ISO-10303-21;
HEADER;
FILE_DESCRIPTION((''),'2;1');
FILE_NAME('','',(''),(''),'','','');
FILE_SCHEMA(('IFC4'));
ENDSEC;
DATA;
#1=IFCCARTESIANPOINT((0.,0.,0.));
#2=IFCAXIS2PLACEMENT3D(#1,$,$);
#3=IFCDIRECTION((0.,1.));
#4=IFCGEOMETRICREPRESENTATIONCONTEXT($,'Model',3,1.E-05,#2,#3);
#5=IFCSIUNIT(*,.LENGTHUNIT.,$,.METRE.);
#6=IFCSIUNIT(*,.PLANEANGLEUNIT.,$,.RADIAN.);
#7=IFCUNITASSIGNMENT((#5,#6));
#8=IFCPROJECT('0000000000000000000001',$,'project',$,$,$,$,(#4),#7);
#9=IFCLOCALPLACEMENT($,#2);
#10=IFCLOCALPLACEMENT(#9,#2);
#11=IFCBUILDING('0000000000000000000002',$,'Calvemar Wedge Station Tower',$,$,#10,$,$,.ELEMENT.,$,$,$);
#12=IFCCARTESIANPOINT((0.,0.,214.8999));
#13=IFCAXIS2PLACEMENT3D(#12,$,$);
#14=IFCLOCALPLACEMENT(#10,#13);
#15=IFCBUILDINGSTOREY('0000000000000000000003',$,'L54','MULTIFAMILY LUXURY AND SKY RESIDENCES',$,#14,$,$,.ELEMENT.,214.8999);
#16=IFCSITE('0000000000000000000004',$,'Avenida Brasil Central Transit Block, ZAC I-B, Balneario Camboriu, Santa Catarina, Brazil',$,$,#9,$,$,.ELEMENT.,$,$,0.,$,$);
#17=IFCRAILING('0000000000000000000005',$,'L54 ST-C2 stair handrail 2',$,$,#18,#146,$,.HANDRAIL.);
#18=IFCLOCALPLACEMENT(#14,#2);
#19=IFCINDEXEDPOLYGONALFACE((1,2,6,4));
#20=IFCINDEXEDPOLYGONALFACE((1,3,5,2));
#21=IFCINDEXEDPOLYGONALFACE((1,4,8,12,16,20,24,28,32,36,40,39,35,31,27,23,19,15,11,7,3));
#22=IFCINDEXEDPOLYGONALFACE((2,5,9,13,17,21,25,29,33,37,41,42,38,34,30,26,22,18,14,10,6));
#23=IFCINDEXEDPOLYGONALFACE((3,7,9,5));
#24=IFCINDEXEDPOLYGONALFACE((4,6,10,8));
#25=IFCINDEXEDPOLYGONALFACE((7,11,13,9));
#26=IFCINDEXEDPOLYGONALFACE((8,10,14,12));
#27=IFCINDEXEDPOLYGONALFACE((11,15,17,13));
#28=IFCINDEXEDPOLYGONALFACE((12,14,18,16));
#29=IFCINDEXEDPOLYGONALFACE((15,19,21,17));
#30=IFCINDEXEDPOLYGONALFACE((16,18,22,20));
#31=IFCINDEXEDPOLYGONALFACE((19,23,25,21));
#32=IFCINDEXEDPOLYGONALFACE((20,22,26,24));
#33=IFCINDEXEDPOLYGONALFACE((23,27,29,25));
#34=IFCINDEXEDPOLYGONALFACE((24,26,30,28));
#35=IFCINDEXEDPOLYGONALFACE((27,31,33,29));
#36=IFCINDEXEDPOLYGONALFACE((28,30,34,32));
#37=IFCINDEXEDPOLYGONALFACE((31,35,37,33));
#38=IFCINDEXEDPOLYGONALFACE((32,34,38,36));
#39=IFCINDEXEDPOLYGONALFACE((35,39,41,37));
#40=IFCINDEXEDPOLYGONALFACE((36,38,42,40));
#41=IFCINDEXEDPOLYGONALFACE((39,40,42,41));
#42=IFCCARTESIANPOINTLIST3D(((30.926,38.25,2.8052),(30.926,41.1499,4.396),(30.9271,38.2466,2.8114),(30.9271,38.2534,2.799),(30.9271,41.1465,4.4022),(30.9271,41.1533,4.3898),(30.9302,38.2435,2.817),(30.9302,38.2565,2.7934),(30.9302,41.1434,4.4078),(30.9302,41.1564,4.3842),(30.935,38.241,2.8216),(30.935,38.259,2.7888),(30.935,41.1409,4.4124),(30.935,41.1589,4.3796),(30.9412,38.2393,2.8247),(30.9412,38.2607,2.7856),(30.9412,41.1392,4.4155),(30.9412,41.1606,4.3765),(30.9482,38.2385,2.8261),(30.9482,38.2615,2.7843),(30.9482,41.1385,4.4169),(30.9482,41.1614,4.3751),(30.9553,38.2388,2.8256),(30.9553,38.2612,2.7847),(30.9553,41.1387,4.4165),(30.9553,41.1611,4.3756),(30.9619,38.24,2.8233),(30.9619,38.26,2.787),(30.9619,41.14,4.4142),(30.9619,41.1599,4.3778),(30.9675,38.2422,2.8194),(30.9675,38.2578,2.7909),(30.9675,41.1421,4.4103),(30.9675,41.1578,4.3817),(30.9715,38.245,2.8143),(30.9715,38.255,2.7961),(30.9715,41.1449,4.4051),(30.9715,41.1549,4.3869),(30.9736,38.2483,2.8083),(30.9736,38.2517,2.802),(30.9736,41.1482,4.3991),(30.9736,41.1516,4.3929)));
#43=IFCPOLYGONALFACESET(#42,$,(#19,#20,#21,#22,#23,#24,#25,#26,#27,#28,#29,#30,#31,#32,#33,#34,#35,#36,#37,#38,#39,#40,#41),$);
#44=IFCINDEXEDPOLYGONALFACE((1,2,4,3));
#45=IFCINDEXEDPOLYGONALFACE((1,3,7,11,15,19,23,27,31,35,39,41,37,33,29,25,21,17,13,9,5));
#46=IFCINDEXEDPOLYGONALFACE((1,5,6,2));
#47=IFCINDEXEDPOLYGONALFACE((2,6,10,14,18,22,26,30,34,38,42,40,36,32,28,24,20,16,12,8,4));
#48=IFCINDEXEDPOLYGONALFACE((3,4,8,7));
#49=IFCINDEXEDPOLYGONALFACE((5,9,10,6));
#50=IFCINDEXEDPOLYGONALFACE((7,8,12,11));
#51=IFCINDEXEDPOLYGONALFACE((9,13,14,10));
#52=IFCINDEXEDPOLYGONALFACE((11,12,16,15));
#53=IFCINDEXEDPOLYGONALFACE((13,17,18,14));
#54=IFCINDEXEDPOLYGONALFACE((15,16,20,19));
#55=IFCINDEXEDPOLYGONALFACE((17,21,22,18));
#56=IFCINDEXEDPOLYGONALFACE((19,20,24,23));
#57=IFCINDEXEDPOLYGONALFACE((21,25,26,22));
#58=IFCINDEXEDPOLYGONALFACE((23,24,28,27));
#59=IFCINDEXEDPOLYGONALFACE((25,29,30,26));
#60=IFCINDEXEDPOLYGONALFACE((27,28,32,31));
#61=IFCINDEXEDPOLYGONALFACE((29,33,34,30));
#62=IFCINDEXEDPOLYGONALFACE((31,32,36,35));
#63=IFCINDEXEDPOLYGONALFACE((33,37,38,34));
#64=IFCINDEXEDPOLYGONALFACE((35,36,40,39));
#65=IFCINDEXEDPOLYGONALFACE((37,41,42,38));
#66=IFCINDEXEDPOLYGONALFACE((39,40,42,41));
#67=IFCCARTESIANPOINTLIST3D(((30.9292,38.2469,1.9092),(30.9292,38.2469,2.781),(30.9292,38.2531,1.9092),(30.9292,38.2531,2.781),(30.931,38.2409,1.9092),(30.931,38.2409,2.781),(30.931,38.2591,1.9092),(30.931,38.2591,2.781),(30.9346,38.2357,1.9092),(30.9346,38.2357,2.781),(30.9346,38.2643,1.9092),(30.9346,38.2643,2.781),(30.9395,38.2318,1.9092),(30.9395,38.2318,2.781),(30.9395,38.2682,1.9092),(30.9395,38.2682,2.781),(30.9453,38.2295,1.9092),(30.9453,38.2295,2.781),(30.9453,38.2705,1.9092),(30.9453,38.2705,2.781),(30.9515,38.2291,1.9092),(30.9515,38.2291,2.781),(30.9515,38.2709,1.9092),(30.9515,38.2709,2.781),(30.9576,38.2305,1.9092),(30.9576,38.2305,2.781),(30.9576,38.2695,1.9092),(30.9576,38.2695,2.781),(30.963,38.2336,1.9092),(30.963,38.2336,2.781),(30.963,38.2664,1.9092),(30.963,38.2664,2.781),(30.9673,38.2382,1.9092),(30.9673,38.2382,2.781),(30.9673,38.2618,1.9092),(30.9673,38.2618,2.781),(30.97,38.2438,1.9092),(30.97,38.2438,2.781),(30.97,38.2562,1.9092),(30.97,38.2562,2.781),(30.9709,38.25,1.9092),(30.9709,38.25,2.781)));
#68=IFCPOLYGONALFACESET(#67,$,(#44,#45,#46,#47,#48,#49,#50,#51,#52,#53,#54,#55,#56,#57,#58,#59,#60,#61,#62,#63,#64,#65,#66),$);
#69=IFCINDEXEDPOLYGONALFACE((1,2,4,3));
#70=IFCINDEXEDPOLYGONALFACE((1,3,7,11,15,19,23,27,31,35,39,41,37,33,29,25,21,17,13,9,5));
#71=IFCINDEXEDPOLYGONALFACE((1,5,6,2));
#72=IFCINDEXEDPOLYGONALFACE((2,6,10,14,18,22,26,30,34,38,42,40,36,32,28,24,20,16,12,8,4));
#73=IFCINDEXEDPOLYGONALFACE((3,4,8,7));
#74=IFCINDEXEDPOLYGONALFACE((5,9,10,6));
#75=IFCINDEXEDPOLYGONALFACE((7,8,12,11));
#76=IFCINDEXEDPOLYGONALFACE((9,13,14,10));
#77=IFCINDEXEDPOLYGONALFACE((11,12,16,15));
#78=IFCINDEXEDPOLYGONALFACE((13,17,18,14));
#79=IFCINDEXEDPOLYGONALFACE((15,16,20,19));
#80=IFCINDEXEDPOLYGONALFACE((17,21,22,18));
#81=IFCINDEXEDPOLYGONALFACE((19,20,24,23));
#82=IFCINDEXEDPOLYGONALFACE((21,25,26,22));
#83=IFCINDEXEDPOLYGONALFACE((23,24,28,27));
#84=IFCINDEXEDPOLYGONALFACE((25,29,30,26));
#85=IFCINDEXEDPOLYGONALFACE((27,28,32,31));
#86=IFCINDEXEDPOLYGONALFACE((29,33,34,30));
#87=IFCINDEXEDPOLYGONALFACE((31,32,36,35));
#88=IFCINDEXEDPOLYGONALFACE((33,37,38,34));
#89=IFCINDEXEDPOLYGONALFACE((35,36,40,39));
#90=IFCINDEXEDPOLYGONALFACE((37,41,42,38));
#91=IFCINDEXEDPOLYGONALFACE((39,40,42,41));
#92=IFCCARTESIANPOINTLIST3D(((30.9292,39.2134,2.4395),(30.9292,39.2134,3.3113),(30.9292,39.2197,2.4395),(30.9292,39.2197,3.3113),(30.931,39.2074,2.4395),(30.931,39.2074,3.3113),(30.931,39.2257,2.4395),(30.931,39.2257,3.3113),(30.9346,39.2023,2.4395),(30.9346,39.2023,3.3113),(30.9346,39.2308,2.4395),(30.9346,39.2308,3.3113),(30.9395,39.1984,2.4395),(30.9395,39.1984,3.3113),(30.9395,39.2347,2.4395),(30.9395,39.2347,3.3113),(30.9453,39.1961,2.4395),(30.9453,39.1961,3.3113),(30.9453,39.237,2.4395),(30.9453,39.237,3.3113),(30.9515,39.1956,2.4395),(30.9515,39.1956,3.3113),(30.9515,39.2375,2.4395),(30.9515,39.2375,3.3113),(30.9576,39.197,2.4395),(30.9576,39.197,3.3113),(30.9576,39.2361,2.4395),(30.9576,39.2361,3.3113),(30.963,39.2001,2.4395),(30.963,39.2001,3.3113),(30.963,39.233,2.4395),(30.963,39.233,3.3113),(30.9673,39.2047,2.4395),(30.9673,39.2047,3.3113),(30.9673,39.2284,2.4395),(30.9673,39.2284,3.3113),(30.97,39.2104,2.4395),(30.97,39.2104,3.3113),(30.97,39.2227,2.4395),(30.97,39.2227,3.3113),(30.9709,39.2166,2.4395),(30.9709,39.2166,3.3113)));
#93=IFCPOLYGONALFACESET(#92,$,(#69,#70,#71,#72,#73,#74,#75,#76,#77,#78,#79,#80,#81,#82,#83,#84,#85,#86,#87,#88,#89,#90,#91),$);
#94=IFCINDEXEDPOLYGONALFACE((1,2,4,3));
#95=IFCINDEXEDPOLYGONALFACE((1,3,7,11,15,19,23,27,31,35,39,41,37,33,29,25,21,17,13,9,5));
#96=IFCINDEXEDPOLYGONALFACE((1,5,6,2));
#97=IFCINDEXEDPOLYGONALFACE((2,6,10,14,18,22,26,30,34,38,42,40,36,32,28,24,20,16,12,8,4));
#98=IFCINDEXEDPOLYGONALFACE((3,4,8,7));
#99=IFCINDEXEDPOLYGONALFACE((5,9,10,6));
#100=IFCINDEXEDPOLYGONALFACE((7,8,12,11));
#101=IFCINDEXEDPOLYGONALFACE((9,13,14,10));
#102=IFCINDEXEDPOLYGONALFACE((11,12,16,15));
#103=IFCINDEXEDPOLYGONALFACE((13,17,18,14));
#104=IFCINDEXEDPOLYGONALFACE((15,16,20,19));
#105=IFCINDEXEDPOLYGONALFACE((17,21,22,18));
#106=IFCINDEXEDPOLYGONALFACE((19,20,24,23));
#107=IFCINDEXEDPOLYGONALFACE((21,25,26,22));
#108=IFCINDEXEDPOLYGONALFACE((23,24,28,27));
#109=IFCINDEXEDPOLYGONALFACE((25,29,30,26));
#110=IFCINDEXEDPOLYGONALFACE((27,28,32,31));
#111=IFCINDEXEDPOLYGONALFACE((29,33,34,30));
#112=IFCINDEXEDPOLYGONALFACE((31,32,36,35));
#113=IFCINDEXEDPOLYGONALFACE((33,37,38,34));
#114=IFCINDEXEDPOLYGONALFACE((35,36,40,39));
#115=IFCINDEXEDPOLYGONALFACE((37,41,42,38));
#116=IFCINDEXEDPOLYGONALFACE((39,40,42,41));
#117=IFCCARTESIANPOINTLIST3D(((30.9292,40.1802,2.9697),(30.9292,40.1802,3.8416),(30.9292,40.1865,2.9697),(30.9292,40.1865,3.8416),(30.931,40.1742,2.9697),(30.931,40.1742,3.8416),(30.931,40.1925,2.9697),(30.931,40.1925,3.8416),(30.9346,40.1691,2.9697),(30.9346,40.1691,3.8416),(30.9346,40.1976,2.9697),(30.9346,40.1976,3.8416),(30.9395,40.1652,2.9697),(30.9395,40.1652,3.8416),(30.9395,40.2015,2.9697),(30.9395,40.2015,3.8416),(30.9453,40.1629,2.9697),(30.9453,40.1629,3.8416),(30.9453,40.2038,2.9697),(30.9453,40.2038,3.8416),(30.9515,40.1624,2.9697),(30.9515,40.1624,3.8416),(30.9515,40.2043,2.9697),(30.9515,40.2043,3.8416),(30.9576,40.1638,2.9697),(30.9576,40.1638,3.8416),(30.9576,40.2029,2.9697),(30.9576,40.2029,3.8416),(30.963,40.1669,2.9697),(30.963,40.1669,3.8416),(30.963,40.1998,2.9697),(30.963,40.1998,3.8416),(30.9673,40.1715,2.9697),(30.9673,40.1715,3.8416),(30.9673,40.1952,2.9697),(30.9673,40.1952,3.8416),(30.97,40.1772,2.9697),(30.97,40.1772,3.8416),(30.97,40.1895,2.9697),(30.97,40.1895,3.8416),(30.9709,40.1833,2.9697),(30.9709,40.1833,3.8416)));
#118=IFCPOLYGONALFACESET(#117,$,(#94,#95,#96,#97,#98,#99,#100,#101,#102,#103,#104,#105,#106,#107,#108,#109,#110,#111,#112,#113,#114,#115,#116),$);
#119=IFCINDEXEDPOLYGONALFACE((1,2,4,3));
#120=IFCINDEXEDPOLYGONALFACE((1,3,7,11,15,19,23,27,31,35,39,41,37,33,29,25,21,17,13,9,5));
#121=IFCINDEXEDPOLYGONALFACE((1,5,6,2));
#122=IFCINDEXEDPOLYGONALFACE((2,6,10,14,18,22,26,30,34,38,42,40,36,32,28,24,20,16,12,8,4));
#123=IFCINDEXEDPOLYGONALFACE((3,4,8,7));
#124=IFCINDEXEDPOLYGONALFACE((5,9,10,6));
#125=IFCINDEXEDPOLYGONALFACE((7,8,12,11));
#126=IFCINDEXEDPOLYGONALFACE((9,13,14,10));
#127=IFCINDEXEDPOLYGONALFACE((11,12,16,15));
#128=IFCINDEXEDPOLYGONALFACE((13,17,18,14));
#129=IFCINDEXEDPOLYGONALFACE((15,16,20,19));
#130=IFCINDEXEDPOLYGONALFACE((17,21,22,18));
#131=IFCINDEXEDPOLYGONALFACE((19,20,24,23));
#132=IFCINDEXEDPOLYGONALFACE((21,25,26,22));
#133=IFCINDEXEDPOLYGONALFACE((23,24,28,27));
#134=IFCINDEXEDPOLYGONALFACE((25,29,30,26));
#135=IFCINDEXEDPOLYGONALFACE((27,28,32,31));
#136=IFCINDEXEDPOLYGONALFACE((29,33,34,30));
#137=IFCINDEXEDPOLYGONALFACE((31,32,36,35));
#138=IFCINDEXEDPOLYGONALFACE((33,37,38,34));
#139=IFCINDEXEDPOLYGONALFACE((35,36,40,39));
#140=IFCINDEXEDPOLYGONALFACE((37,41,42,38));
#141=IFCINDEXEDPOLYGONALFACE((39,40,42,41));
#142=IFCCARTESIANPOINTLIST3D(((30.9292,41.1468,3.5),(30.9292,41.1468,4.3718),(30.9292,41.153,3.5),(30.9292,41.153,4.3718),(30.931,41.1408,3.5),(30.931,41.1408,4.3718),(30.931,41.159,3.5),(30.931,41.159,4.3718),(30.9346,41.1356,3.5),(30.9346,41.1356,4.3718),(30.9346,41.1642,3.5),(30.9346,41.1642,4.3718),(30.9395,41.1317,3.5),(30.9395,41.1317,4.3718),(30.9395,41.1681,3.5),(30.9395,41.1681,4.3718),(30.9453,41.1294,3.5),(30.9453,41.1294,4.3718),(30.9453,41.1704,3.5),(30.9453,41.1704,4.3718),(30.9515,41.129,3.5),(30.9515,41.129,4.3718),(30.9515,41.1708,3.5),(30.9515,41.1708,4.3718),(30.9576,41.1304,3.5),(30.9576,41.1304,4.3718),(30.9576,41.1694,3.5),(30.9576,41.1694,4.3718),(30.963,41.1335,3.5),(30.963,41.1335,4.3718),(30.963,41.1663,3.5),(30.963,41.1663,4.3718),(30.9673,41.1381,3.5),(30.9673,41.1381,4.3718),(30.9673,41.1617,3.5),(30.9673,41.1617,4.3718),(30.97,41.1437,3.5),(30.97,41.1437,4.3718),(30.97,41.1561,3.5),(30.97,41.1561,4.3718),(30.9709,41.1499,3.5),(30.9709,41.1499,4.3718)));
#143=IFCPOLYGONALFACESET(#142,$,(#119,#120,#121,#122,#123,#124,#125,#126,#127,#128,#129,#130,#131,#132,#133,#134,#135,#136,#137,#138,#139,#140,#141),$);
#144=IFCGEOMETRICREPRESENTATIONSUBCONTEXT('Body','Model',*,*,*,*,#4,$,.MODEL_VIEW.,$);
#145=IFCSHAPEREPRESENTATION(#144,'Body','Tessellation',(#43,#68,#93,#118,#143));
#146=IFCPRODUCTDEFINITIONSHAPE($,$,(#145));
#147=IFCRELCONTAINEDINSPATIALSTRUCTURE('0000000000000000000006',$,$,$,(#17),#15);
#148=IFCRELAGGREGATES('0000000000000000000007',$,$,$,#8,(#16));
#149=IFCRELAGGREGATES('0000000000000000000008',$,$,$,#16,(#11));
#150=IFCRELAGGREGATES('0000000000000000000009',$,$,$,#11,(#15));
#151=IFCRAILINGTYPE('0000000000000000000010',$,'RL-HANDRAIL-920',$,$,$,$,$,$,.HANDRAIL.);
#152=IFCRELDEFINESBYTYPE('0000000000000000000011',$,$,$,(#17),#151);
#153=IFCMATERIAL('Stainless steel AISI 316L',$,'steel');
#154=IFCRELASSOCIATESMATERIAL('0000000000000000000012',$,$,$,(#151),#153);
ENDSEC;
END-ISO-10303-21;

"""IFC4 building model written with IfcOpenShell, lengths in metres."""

from ifc_helpers import new_model, si_unit, direction, frame, origin, origin_2d, place, context, subcontext, project, spatial, circle, extrude, material, type_object, element, save


model = new_model("IFC4")

# Units and contexts
model_context = context("Model", 3, precision=1e-05, world=origin(), true_north=direction((0.0, 1.0)))
body_context = subcontext(model_context, "Body", "Model", "MODEL_VIEW")
ifc_project = project(units=[si_unit("LENGTHUNIT", "METRE"), si_unit("PLANEANGLEUNIT", "RADIAN")], contexts=[model_context])

# Site, building, storey
site_placement = place(None, origin())
site = spatial("IfcSite", under=ifc_project, at=site_placement, Name="Avenida Brasil Central Transit Block, ZAC I-B, Balneario Camboriu, Santa Catarina, Brazil", CompositionType="ELEMENT", RefElevation=0.0)
building_placement = place(site_placement, origin())
building = spatial("IfcBuilding", under=site, at=building_placement, Name="Calvemar Wedge Station Tower", CompositionType="ELEMENT")
storey_placement = place(building_placement, frame((0.0, 0.0, 214.8999)))
storey = spatial("IfcBuildingStorey", under=building, at=storey_placement, Name="L54", Description="MULTIFAMILY LUXURY AND SKY RESIDENCES", CompositionType="ELEMENT", Elevation=214.8999)

# Railing
ifc_material_1 = material(Name="Stainless steel AISI 316L", Category="steel")
railing_type_1 = type_object("IfcRailingType", Name="RL-HANDRAIL-920", PredefinedType="HANDRAIL", material=ifc_material_1)
railing_1_placement = place(storey_placement, frame((30.95, 38.25, 1.9092)))
element("IfcRailing", 1, at=railing_1_placement, inside=storey, type_object=railing_type_1, Name="L54 ST-C2 stair handrail 2", PredefinedType="HANDRAIL", context=body_context, shape_type="SweptSolid", body=[
    extrude(circle(Radius=0.0239, at=origin_2d()), frame((0.0, 0.0, 0.896), z_axis=(0.0, 0.876742, 0.480961), x_axis=(-1.0, 0.0, 0.0)), (0.0, 0.0, 1.0), 3.3076),
    extrude(circle(Radius=0.021, at=origin_2d()), origin(), (0.0, 0.0, 1.0), 0.8718),
    extrude(circle(Radius=0.021, at=origin_2d()), frame((0.0, 0.9666, 0.5303)), (0.0, 0.0, 1.0), 0.8718),
    extrude(circle(Radius=0.021, at=origin_2d()), frame((0.0, 1.9333, 1.0605)), (0.0, 0.0, 1.0), 0.8718),
    extrude(circle(Radius=0.021, at=origin_2d()), frame((0.0, 2.8999, 1.5908)), (0.0, 0.0, 1.0), 0.8718),
])

save(model, "model.ifc")
